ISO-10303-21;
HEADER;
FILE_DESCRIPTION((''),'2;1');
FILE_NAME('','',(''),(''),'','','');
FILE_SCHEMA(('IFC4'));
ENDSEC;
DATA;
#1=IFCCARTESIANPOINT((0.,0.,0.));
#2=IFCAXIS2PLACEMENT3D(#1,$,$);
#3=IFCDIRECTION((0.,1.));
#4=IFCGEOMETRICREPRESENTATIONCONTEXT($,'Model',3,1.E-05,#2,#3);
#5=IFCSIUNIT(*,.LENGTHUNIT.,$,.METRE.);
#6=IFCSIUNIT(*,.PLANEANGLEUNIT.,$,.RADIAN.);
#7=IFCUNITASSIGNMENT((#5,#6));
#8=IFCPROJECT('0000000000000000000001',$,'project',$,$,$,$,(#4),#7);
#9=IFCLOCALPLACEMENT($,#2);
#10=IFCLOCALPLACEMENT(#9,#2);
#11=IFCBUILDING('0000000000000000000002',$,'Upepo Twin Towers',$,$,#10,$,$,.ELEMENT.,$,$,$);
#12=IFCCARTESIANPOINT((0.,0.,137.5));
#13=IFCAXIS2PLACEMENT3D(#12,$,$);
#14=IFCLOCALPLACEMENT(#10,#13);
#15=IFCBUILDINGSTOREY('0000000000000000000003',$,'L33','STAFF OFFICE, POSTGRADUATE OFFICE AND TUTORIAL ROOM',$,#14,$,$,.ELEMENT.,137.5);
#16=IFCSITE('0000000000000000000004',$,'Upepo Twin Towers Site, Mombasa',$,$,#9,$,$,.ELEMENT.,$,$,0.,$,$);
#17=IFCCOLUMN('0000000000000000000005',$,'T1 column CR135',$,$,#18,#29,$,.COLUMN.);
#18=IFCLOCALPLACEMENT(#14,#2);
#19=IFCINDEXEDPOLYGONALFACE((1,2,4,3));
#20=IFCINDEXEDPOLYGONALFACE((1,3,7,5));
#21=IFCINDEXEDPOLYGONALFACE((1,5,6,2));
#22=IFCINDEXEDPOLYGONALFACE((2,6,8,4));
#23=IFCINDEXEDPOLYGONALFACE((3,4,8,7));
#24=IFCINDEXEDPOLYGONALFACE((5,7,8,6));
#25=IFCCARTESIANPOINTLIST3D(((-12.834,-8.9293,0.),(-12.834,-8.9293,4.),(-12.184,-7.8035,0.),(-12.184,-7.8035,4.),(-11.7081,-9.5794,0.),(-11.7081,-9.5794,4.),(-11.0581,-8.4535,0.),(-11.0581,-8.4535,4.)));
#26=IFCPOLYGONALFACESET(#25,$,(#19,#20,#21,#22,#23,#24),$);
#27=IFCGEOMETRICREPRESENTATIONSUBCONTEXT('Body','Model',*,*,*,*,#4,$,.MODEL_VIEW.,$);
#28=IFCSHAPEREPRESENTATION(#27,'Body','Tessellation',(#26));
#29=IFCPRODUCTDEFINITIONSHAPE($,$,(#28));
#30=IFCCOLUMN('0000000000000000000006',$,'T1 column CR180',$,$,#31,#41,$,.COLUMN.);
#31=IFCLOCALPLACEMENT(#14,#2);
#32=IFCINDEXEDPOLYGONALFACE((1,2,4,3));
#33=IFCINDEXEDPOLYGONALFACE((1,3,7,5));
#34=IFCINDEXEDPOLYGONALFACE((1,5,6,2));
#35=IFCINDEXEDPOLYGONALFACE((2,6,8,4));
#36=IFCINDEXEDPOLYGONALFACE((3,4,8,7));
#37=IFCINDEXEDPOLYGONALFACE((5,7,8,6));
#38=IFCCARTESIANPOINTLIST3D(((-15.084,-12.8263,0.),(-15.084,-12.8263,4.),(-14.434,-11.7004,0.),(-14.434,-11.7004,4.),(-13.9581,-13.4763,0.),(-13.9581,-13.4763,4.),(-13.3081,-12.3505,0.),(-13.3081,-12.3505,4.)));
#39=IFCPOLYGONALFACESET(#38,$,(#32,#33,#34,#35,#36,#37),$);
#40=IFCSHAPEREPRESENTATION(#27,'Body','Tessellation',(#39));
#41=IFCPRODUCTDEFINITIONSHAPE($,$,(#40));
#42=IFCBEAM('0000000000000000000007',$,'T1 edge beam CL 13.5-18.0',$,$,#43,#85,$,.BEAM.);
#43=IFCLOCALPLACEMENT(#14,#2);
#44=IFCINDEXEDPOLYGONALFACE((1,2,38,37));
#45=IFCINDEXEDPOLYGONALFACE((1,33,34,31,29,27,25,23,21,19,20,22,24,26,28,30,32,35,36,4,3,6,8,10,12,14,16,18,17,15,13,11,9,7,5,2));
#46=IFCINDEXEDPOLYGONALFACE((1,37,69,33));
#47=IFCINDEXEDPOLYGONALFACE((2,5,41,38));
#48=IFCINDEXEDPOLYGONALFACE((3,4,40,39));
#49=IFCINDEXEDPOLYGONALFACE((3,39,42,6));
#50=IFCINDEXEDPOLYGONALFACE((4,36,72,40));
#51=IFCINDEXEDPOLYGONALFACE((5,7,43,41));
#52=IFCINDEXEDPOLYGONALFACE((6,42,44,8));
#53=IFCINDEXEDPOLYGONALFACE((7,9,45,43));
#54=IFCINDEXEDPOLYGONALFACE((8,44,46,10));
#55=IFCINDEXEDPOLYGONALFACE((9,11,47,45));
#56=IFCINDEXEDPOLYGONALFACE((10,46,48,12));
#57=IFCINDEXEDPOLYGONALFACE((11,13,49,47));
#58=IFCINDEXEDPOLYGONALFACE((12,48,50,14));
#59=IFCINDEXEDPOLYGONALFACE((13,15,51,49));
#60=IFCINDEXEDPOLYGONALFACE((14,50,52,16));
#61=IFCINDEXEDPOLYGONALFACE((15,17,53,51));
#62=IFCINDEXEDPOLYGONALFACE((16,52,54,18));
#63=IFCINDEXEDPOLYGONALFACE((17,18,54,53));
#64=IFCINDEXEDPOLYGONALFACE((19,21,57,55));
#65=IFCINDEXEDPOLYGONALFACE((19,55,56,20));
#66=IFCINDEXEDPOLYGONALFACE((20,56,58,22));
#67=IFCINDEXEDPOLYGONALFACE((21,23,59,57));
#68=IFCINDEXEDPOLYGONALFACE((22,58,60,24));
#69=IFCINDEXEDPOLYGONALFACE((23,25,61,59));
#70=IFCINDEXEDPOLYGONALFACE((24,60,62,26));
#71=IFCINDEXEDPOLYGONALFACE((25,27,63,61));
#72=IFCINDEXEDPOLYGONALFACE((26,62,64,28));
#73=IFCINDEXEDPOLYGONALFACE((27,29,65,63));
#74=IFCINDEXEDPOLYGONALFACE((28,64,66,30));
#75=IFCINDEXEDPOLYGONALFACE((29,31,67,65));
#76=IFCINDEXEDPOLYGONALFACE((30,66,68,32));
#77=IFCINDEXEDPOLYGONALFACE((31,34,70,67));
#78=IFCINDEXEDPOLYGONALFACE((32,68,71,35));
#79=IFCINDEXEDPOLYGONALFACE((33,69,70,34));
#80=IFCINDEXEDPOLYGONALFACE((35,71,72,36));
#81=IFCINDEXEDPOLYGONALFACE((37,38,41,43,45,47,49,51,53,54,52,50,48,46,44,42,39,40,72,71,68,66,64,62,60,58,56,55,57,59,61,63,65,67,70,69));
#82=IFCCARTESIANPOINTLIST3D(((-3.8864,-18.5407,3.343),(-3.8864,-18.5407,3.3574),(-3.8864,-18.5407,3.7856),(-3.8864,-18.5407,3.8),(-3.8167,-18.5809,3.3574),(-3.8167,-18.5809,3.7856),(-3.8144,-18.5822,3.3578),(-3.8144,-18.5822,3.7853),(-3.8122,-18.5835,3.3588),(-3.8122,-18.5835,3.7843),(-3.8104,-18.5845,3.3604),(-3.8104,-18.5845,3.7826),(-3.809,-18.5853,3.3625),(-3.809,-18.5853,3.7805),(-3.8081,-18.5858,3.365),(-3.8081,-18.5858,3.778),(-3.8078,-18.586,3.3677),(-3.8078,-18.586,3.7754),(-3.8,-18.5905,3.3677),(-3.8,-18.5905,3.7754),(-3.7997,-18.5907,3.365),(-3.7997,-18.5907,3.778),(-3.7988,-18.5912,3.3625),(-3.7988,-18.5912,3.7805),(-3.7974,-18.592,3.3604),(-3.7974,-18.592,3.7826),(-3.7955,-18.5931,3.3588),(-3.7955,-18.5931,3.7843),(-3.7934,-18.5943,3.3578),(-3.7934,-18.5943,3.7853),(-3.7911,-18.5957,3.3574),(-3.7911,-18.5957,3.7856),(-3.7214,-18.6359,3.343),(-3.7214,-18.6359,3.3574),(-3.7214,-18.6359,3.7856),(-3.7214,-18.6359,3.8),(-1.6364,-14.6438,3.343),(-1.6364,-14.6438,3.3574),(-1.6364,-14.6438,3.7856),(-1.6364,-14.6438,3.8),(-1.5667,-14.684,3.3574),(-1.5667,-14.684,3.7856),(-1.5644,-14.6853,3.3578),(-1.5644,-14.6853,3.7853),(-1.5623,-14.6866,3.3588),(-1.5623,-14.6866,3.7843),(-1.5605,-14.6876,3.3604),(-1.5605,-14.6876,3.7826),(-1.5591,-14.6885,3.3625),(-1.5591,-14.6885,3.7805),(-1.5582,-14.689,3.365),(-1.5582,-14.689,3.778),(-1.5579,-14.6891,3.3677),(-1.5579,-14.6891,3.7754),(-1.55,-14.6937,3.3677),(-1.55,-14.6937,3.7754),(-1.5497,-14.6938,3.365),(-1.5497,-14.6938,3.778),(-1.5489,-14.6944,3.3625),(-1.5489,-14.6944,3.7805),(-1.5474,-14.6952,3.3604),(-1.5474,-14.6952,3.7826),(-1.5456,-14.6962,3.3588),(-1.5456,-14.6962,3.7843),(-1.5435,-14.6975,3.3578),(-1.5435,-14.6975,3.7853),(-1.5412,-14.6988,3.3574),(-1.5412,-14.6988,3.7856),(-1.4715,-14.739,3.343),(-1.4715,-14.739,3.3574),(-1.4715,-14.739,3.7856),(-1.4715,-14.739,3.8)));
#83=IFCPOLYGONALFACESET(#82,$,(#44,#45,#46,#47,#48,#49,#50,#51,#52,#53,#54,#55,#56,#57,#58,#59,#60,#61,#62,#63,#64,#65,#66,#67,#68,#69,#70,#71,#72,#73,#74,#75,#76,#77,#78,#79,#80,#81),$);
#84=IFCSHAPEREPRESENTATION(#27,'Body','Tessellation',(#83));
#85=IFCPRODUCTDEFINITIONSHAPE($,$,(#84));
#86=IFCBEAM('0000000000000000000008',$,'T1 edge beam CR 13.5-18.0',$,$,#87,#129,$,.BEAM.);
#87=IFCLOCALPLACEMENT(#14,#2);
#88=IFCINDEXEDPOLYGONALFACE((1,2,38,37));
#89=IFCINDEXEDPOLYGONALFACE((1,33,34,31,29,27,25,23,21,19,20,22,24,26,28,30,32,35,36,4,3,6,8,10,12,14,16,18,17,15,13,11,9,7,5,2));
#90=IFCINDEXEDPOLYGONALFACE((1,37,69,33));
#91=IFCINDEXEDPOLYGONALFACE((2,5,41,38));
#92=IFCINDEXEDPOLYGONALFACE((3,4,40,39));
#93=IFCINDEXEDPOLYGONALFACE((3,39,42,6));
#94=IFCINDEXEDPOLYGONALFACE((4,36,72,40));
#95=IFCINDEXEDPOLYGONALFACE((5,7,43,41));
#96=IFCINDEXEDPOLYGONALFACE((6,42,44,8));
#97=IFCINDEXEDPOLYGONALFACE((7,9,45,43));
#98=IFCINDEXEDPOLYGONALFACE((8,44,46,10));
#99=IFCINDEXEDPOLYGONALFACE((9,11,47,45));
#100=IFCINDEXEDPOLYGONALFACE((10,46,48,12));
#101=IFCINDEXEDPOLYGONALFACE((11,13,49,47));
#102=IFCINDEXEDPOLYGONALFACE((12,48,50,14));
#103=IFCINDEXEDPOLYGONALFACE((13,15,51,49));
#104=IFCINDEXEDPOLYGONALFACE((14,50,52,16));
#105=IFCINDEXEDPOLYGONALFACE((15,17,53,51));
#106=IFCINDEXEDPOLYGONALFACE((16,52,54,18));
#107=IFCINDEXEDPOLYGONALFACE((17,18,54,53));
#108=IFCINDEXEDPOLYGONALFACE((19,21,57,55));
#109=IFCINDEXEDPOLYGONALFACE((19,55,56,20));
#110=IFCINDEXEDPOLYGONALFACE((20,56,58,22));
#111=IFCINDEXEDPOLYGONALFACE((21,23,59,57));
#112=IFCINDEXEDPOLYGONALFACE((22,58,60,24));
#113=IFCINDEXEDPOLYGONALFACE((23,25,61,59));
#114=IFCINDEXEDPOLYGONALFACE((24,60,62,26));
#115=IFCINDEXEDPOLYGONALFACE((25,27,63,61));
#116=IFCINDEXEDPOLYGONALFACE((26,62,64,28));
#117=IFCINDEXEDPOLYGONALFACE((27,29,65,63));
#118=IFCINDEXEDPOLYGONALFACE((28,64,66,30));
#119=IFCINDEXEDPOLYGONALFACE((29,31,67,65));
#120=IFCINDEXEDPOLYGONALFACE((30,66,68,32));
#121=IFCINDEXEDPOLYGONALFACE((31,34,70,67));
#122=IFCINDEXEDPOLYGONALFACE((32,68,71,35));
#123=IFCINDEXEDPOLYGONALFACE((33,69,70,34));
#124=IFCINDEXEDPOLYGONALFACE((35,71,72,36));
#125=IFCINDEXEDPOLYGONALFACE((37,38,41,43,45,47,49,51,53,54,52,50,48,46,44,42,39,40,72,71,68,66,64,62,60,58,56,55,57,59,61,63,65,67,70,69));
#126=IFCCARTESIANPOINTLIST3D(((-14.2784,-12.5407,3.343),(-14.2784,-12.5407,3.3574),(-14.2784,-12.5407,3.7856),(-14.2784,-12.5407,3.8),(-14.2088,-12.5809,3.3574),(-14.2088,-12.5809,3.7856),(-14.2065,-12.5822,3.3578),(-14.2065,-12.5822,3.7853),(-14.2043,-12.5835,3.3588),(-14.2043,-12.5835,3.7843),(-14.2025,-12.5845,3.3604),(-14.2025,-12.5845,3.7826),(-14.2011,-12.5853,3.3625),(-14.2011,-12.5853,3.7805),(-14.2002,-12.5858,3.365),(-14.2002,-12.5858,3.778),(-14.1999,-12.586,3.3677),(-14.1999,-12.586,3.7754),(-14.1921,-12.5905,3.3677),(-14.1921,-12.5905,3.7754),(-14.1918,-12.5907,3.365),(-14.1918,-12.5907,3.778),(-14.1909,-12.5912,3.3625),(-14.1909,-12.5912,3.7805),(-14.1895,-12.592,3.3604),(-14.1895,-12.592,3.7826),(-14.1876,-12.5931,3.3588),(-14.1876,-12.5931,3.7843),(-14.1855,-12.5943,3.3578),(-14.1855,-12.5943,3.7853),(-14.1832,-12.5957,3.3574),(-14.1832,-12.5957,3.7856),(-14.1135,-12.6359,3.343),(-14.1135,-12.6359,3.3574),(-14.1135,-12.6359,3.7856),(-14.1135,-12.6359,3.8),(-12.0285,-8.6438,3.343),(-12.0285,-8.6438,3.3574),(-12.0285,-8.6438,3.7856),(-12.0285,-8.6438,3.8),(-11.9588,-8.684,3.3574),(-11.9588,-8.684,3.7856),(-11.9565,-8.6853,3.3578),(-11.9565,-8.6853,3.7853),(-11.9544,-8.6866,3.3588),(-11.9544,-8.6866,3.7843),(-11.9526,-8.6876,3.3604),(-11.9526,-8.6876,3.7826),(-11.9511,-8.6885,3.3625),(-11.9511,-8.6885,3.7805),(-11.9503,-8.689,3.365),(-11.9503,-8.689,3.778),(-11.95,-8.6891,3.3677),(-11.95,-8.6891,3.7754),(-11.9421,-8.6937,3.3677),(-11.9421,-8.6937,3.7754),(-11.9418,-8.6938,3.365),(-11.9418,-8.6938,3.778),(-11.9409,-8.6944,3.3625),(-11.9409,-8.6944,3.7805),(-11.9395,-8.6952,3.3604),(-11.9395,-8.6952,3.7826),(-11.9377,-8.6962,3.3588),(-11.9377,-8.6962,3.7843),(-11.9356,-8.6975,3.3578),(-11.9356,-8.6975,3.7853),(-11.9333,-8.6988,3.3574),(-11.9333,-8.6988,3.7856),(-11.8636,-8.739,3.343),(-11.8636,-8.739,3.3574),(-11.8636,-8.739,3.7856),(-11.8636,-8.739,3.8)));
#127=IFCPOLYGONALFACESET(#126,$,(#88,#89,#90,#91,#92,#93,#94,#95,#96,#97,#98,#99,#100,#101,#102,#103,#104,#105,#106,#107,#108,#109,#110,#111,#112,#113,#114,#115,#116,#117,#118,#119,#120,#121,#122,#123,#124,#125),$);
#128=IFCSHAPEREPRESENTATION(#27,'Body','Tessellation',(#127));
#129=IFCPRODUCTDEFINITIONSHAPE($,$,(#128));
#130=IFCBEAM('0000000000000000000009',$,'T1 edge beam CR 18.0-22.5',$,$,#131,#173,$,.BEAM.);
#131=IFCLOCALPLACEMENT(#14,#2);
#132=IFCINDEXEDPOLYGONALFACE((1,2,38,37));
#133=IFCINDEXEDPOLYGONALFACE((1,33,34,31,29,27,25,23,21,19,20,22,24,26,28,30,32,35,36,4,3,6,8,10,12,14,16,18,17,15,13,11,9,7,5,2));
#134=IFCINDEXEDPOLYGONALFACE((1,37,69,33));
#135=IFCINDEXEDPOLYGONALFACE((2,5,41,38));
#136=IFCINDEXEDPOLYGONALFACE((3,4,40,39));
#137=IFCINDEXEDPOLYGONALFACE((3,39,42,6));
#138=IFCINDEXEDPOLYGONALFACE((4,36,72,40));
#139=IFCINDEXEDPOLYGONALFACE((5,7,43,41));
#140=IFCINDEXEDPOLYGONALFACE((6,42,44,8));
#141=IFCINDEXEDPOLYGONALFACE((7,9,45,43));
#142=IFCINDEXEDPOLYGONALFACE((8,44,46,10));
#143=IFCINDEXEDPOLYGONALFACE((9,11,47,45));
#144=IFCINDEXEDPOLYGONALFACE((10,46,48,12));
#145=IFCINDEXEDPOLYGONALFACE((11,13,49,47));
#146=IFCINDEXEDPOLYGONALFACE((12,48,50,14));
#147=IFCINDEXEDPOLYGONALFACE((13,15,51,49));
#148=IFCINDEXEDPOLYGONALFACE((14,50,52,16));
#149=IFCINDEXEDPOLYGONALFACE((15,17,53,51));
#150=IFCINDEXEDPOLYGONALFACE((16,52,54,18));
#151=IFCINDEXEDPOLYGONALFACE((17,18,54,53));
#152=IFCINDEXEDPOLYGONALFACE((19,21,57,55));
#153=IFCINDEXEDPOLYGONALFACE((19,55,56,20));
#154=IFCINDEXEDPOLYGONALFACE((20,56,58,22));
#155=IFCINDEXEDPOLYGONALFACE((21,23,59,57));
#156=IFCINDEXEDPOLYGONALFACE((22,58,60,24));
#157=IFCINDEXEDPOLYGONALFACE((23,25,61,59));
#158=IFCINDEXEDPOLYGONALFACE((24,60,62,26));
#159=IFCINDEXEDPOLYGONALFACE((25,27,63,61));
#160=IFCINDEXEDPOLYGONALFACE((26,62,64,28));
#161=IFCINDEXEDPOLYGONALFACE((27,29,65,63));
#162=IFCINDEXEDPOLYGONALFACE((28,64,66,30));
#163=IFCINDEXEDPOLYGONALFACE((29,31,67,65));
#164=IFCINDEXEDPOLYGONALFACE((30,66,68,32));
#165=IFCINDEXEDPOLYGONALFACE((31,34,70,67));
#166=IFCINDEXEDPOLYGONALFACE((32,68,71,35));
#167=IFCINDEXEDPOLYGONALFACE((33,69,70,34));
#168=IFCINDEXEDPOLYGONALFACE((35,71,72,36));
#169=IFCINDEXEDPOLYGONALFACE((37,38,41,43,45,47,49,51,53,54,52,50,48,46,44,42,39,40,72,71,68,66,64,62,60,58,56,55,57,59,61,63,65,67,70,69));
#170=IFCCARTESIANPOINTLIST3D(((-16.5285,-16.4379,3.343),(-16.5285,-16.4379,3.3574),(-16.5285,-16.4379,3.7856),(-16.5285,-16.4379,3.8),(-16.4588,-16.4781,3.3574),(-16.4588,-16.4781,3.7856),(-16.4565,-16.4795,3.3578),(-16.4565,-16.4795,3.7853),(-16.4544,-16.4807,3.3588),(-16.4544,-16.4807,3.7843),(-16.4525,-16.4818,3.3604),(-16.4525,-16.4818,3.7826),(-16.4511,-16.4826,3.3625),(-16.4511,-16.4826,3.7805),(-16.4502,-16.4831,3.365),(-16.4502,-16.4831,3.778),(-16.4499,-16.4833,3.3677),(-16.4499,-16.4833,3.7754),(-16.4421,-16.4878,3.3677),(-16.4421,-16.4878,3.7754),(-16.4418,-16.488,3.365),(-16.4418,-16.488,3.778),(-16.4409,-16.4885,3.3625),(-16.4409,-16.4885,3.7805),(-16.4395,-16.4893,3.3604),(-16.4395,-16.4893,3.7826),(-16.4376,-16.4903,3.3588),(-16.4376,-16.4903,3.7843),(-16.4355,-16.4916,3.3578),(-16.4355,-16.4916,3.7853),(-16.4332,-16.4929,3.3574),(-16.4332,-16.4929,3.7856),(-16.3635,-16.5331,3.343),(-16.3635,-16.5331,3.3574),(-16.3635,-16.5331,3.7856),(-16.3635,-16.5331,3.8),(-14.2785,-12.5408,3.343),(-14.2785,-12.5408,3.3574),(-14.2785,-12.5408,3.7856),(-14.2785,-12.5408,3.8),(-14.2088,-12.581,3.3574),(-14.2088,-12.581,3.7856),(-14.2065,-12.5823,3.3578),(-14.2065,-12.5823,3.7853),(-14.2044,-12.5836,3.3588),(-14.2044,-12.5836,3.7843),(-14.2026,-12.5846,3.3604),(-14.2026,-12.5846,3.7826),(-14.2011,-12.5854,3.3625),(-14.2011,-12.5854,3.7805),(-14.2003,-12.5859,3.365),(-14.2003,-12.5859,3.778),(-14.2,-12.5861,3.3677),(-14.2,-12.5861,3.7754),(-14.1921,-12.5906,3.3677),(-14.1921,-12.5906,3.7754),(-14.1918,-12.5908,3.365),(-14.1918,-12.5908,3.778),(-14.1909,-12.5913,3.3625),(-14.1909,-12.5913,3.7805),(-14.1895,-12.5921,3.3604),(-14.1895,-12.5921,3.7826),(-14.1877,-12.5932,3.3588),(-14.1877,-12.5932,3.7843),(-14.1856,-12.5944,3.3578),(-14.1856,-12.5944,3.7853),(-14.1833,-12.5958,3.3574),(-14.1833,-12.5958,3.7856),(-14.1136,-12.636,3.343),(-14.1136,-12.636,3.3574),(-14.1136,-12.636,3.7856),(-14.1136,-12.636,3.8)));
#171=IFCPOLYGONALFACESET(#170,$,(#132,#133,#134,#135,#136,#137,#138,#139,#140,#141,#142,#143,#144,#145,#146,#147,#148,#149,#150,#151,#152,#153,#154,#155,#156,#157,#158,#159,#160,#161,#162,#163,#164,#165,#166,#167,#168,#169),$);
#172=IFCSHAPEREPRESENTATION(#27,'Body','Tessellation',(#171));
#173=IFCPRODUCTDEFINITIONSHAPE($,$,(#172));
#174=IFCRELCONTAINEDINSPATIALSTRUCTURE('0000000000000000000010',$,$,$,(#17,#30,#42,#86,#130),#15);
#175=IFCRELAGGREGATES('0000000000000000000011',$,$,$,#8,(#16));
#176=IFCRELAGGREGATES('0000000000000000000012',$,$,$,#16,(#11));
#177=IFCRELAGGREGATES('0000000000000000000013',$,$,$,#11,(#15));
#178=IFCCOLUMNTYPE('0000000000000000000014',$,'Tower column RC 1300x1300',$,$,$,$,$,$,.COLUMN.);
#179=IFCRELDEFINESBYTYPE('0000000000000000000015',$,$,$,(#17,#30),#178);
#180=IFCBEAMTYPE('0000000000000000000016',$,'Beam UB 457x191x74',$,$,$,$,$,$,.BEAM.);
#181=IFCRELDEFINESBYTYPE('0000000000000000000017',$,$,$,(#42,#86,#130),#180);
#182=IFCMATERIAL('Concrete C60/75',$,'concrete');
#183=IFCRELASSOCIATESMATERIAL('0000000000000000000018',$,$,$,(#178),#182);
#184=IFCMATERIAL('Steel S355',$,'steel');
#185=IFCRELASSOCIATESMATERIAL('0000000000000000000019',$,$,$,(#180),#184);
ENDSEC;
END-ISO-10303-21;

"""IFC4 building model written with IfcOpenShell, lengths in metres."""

from ifc_helpers import new_model, si_unit, direction, frame, origin, origin_2d, place, context, subcontext, project, spatial, rectangle, i_section, extrude, material, material_profile, profile_set, type_object, element, save


model = new_model("IFC4")

# Units and contexts
model_context = context("Model", 3, precision=1e-05, world=origin(), true_north=direction((0.0, 1.0)))
body_context = subcontext(model_context, "Body", "Model", "MODEL_VIEW")
ifc_project = project(units=[si_unit("LENGTHUNIT", "METRE"), si_unit("PLANEANGLEUNIT", "RADIAN")], contexts=[model_context])

# Site, building, storey
site_placement = place(None, origin())
site = spatial("IfcSite", under=ifc_project, at=site_placement, Name="Upepo Twin Towers Site, Mombasa", CompositionType="ELEMENT", RefElevation=0.0)
building_placement = place(site_placement, origin())
building = spatial("IfcBuilding", under=site, at=building_placement, Name="Upepo Twin Towers", CompositionType="ELEMENT")
storey_placement = place(building_placement, frame((0.0, 0.0, 137.5)))
storey = spatial("IfcBuildingStorey", under=building, at=storey_placement, Name="L33", Description="STAFF OFFICE, POSTGRADUATE OFFICE AND TUTORIAL ROOM", CompositionType="ELEMENT", Elevation=137.5)

# Columns
ifc_material_1 = material(Name="Concrete C60/75", Category="concrete")
ifc_material_profile_1 = material_profile(ifc_material_1, rectangle(XDim=1.3, YDim=1.3, at=origin_2d()), Name="RC 1300x1300")
ifc_profile_set_1 = profile_set([ifc_material_profile_1], Name="Concrete C60/75")
column_type = type_object("IfcColumnType", Name="Tower column RC 1300x1300", PredefinedType="COLUMN", material=ifc_profile_set_1)
for number, where, z_axis, x_axis, name in (
    (1, (-11.946, -8.6914, 0.0), (0.0, 0.0, 1.0), (0.5, 0.866025, 0.0), "T1 column CR135"),
    (2, (-14.196, -12.5884, 0.0), (0.0, 0.0, 1.0), (0.5, 0.866025, 0.0), "T1 column CR180"),
):
    element("IfcColumn", number, at=place(storey_placement, frame(where, z_axis=z_axis, x_axis=x_axis)), inside=storey, type_object=column_type, Name=name, PredefinedType="COLUMN", context=body_context, shape_type="SweptSolid", body=[
        extrude(rectangle(XDim=1.3, YDim=1.3, at=origin_2d()), origin(), (0.0, 0.0, 1.0), 4.0),
    ])

# Beams
ifc_material_2 = material(Name="Steel S355", Category="steel")
ifc_material_profile_2 = material_profile(ifc_material_2, i_section(OverallWidth=0.1904, OverallDepth=0.457, WebThickness=0.009, FlangeThickness=0.0144, FilletRadius=0.0103, at=origin_2d()), Name="UB 457x191x74")
ifc_profile_set_2 = profile_set([ifc_material_profile_2], Name="Steel S355")
beam_type_1 = type_object("IfcBeamType", Name="Beam UB 457x191x74", PredefinedType="BEAM", material=ifc_profile_set_2)
for number, where, z_axis, x_axis, name in (
    (3, (-1.554, -14.6914, 3.5715), (-0.500014, -0.866018, 0.0), (0.866018, -0.500014, 0.0), "T1 edge beam CL 13.5-18.0"),
    (4, (-11.946, -8.6914, 3.5715), (-0.500014, -0.866018, 0.0), (0.866018, -0.500014, 0.0), "T1 edge beam CR 13.5-18.0"),
):
    element("IfcBeam", number, at=place(storey_placement, frame(where, z_axis=z_axis, x_axis=x_axis)), inside=storey, type_object=beam_type_1, Name=name, PredefinedType="BEAM", context=body_context, shape_type="SweptSolid", body=[
        extrude(i_section(OverallWidth=0.1904, OverallDepth=0.457, WebThickness=0.009, FlangeThickness=0.0144, FilletRadius=0.0103, at=origin_2d()), origin(), (0.0, 0.0, 1.0), 4.4998),
    ])
beam_placement = place(storey_placement, frame((-14.196, -12.5884, 3.5715), z_axis=(-0.49999, -0.866031, 0.0), x_axis=(0.866031, -0.49999, 0.0)))
element("IfcBeam", 5, at=beam_placement, inside=storey, type_object=beam_type_1, Name="T1 edge beam CR 18.0-22.5", PredefinedType="BEAM", context=body_context, shape_type="SweptSolid", body=[
    extrude(i_section(OverallWidth=0.1904, OverallDepth=0.457, WebThickness=0.009, FlangeThickness=0.0144, FilletRadius=0.0103, at=origin_2d()), origin(), (0.0, 0.0, 1.0), 4.5),
])

save(model, "model.ifc")
